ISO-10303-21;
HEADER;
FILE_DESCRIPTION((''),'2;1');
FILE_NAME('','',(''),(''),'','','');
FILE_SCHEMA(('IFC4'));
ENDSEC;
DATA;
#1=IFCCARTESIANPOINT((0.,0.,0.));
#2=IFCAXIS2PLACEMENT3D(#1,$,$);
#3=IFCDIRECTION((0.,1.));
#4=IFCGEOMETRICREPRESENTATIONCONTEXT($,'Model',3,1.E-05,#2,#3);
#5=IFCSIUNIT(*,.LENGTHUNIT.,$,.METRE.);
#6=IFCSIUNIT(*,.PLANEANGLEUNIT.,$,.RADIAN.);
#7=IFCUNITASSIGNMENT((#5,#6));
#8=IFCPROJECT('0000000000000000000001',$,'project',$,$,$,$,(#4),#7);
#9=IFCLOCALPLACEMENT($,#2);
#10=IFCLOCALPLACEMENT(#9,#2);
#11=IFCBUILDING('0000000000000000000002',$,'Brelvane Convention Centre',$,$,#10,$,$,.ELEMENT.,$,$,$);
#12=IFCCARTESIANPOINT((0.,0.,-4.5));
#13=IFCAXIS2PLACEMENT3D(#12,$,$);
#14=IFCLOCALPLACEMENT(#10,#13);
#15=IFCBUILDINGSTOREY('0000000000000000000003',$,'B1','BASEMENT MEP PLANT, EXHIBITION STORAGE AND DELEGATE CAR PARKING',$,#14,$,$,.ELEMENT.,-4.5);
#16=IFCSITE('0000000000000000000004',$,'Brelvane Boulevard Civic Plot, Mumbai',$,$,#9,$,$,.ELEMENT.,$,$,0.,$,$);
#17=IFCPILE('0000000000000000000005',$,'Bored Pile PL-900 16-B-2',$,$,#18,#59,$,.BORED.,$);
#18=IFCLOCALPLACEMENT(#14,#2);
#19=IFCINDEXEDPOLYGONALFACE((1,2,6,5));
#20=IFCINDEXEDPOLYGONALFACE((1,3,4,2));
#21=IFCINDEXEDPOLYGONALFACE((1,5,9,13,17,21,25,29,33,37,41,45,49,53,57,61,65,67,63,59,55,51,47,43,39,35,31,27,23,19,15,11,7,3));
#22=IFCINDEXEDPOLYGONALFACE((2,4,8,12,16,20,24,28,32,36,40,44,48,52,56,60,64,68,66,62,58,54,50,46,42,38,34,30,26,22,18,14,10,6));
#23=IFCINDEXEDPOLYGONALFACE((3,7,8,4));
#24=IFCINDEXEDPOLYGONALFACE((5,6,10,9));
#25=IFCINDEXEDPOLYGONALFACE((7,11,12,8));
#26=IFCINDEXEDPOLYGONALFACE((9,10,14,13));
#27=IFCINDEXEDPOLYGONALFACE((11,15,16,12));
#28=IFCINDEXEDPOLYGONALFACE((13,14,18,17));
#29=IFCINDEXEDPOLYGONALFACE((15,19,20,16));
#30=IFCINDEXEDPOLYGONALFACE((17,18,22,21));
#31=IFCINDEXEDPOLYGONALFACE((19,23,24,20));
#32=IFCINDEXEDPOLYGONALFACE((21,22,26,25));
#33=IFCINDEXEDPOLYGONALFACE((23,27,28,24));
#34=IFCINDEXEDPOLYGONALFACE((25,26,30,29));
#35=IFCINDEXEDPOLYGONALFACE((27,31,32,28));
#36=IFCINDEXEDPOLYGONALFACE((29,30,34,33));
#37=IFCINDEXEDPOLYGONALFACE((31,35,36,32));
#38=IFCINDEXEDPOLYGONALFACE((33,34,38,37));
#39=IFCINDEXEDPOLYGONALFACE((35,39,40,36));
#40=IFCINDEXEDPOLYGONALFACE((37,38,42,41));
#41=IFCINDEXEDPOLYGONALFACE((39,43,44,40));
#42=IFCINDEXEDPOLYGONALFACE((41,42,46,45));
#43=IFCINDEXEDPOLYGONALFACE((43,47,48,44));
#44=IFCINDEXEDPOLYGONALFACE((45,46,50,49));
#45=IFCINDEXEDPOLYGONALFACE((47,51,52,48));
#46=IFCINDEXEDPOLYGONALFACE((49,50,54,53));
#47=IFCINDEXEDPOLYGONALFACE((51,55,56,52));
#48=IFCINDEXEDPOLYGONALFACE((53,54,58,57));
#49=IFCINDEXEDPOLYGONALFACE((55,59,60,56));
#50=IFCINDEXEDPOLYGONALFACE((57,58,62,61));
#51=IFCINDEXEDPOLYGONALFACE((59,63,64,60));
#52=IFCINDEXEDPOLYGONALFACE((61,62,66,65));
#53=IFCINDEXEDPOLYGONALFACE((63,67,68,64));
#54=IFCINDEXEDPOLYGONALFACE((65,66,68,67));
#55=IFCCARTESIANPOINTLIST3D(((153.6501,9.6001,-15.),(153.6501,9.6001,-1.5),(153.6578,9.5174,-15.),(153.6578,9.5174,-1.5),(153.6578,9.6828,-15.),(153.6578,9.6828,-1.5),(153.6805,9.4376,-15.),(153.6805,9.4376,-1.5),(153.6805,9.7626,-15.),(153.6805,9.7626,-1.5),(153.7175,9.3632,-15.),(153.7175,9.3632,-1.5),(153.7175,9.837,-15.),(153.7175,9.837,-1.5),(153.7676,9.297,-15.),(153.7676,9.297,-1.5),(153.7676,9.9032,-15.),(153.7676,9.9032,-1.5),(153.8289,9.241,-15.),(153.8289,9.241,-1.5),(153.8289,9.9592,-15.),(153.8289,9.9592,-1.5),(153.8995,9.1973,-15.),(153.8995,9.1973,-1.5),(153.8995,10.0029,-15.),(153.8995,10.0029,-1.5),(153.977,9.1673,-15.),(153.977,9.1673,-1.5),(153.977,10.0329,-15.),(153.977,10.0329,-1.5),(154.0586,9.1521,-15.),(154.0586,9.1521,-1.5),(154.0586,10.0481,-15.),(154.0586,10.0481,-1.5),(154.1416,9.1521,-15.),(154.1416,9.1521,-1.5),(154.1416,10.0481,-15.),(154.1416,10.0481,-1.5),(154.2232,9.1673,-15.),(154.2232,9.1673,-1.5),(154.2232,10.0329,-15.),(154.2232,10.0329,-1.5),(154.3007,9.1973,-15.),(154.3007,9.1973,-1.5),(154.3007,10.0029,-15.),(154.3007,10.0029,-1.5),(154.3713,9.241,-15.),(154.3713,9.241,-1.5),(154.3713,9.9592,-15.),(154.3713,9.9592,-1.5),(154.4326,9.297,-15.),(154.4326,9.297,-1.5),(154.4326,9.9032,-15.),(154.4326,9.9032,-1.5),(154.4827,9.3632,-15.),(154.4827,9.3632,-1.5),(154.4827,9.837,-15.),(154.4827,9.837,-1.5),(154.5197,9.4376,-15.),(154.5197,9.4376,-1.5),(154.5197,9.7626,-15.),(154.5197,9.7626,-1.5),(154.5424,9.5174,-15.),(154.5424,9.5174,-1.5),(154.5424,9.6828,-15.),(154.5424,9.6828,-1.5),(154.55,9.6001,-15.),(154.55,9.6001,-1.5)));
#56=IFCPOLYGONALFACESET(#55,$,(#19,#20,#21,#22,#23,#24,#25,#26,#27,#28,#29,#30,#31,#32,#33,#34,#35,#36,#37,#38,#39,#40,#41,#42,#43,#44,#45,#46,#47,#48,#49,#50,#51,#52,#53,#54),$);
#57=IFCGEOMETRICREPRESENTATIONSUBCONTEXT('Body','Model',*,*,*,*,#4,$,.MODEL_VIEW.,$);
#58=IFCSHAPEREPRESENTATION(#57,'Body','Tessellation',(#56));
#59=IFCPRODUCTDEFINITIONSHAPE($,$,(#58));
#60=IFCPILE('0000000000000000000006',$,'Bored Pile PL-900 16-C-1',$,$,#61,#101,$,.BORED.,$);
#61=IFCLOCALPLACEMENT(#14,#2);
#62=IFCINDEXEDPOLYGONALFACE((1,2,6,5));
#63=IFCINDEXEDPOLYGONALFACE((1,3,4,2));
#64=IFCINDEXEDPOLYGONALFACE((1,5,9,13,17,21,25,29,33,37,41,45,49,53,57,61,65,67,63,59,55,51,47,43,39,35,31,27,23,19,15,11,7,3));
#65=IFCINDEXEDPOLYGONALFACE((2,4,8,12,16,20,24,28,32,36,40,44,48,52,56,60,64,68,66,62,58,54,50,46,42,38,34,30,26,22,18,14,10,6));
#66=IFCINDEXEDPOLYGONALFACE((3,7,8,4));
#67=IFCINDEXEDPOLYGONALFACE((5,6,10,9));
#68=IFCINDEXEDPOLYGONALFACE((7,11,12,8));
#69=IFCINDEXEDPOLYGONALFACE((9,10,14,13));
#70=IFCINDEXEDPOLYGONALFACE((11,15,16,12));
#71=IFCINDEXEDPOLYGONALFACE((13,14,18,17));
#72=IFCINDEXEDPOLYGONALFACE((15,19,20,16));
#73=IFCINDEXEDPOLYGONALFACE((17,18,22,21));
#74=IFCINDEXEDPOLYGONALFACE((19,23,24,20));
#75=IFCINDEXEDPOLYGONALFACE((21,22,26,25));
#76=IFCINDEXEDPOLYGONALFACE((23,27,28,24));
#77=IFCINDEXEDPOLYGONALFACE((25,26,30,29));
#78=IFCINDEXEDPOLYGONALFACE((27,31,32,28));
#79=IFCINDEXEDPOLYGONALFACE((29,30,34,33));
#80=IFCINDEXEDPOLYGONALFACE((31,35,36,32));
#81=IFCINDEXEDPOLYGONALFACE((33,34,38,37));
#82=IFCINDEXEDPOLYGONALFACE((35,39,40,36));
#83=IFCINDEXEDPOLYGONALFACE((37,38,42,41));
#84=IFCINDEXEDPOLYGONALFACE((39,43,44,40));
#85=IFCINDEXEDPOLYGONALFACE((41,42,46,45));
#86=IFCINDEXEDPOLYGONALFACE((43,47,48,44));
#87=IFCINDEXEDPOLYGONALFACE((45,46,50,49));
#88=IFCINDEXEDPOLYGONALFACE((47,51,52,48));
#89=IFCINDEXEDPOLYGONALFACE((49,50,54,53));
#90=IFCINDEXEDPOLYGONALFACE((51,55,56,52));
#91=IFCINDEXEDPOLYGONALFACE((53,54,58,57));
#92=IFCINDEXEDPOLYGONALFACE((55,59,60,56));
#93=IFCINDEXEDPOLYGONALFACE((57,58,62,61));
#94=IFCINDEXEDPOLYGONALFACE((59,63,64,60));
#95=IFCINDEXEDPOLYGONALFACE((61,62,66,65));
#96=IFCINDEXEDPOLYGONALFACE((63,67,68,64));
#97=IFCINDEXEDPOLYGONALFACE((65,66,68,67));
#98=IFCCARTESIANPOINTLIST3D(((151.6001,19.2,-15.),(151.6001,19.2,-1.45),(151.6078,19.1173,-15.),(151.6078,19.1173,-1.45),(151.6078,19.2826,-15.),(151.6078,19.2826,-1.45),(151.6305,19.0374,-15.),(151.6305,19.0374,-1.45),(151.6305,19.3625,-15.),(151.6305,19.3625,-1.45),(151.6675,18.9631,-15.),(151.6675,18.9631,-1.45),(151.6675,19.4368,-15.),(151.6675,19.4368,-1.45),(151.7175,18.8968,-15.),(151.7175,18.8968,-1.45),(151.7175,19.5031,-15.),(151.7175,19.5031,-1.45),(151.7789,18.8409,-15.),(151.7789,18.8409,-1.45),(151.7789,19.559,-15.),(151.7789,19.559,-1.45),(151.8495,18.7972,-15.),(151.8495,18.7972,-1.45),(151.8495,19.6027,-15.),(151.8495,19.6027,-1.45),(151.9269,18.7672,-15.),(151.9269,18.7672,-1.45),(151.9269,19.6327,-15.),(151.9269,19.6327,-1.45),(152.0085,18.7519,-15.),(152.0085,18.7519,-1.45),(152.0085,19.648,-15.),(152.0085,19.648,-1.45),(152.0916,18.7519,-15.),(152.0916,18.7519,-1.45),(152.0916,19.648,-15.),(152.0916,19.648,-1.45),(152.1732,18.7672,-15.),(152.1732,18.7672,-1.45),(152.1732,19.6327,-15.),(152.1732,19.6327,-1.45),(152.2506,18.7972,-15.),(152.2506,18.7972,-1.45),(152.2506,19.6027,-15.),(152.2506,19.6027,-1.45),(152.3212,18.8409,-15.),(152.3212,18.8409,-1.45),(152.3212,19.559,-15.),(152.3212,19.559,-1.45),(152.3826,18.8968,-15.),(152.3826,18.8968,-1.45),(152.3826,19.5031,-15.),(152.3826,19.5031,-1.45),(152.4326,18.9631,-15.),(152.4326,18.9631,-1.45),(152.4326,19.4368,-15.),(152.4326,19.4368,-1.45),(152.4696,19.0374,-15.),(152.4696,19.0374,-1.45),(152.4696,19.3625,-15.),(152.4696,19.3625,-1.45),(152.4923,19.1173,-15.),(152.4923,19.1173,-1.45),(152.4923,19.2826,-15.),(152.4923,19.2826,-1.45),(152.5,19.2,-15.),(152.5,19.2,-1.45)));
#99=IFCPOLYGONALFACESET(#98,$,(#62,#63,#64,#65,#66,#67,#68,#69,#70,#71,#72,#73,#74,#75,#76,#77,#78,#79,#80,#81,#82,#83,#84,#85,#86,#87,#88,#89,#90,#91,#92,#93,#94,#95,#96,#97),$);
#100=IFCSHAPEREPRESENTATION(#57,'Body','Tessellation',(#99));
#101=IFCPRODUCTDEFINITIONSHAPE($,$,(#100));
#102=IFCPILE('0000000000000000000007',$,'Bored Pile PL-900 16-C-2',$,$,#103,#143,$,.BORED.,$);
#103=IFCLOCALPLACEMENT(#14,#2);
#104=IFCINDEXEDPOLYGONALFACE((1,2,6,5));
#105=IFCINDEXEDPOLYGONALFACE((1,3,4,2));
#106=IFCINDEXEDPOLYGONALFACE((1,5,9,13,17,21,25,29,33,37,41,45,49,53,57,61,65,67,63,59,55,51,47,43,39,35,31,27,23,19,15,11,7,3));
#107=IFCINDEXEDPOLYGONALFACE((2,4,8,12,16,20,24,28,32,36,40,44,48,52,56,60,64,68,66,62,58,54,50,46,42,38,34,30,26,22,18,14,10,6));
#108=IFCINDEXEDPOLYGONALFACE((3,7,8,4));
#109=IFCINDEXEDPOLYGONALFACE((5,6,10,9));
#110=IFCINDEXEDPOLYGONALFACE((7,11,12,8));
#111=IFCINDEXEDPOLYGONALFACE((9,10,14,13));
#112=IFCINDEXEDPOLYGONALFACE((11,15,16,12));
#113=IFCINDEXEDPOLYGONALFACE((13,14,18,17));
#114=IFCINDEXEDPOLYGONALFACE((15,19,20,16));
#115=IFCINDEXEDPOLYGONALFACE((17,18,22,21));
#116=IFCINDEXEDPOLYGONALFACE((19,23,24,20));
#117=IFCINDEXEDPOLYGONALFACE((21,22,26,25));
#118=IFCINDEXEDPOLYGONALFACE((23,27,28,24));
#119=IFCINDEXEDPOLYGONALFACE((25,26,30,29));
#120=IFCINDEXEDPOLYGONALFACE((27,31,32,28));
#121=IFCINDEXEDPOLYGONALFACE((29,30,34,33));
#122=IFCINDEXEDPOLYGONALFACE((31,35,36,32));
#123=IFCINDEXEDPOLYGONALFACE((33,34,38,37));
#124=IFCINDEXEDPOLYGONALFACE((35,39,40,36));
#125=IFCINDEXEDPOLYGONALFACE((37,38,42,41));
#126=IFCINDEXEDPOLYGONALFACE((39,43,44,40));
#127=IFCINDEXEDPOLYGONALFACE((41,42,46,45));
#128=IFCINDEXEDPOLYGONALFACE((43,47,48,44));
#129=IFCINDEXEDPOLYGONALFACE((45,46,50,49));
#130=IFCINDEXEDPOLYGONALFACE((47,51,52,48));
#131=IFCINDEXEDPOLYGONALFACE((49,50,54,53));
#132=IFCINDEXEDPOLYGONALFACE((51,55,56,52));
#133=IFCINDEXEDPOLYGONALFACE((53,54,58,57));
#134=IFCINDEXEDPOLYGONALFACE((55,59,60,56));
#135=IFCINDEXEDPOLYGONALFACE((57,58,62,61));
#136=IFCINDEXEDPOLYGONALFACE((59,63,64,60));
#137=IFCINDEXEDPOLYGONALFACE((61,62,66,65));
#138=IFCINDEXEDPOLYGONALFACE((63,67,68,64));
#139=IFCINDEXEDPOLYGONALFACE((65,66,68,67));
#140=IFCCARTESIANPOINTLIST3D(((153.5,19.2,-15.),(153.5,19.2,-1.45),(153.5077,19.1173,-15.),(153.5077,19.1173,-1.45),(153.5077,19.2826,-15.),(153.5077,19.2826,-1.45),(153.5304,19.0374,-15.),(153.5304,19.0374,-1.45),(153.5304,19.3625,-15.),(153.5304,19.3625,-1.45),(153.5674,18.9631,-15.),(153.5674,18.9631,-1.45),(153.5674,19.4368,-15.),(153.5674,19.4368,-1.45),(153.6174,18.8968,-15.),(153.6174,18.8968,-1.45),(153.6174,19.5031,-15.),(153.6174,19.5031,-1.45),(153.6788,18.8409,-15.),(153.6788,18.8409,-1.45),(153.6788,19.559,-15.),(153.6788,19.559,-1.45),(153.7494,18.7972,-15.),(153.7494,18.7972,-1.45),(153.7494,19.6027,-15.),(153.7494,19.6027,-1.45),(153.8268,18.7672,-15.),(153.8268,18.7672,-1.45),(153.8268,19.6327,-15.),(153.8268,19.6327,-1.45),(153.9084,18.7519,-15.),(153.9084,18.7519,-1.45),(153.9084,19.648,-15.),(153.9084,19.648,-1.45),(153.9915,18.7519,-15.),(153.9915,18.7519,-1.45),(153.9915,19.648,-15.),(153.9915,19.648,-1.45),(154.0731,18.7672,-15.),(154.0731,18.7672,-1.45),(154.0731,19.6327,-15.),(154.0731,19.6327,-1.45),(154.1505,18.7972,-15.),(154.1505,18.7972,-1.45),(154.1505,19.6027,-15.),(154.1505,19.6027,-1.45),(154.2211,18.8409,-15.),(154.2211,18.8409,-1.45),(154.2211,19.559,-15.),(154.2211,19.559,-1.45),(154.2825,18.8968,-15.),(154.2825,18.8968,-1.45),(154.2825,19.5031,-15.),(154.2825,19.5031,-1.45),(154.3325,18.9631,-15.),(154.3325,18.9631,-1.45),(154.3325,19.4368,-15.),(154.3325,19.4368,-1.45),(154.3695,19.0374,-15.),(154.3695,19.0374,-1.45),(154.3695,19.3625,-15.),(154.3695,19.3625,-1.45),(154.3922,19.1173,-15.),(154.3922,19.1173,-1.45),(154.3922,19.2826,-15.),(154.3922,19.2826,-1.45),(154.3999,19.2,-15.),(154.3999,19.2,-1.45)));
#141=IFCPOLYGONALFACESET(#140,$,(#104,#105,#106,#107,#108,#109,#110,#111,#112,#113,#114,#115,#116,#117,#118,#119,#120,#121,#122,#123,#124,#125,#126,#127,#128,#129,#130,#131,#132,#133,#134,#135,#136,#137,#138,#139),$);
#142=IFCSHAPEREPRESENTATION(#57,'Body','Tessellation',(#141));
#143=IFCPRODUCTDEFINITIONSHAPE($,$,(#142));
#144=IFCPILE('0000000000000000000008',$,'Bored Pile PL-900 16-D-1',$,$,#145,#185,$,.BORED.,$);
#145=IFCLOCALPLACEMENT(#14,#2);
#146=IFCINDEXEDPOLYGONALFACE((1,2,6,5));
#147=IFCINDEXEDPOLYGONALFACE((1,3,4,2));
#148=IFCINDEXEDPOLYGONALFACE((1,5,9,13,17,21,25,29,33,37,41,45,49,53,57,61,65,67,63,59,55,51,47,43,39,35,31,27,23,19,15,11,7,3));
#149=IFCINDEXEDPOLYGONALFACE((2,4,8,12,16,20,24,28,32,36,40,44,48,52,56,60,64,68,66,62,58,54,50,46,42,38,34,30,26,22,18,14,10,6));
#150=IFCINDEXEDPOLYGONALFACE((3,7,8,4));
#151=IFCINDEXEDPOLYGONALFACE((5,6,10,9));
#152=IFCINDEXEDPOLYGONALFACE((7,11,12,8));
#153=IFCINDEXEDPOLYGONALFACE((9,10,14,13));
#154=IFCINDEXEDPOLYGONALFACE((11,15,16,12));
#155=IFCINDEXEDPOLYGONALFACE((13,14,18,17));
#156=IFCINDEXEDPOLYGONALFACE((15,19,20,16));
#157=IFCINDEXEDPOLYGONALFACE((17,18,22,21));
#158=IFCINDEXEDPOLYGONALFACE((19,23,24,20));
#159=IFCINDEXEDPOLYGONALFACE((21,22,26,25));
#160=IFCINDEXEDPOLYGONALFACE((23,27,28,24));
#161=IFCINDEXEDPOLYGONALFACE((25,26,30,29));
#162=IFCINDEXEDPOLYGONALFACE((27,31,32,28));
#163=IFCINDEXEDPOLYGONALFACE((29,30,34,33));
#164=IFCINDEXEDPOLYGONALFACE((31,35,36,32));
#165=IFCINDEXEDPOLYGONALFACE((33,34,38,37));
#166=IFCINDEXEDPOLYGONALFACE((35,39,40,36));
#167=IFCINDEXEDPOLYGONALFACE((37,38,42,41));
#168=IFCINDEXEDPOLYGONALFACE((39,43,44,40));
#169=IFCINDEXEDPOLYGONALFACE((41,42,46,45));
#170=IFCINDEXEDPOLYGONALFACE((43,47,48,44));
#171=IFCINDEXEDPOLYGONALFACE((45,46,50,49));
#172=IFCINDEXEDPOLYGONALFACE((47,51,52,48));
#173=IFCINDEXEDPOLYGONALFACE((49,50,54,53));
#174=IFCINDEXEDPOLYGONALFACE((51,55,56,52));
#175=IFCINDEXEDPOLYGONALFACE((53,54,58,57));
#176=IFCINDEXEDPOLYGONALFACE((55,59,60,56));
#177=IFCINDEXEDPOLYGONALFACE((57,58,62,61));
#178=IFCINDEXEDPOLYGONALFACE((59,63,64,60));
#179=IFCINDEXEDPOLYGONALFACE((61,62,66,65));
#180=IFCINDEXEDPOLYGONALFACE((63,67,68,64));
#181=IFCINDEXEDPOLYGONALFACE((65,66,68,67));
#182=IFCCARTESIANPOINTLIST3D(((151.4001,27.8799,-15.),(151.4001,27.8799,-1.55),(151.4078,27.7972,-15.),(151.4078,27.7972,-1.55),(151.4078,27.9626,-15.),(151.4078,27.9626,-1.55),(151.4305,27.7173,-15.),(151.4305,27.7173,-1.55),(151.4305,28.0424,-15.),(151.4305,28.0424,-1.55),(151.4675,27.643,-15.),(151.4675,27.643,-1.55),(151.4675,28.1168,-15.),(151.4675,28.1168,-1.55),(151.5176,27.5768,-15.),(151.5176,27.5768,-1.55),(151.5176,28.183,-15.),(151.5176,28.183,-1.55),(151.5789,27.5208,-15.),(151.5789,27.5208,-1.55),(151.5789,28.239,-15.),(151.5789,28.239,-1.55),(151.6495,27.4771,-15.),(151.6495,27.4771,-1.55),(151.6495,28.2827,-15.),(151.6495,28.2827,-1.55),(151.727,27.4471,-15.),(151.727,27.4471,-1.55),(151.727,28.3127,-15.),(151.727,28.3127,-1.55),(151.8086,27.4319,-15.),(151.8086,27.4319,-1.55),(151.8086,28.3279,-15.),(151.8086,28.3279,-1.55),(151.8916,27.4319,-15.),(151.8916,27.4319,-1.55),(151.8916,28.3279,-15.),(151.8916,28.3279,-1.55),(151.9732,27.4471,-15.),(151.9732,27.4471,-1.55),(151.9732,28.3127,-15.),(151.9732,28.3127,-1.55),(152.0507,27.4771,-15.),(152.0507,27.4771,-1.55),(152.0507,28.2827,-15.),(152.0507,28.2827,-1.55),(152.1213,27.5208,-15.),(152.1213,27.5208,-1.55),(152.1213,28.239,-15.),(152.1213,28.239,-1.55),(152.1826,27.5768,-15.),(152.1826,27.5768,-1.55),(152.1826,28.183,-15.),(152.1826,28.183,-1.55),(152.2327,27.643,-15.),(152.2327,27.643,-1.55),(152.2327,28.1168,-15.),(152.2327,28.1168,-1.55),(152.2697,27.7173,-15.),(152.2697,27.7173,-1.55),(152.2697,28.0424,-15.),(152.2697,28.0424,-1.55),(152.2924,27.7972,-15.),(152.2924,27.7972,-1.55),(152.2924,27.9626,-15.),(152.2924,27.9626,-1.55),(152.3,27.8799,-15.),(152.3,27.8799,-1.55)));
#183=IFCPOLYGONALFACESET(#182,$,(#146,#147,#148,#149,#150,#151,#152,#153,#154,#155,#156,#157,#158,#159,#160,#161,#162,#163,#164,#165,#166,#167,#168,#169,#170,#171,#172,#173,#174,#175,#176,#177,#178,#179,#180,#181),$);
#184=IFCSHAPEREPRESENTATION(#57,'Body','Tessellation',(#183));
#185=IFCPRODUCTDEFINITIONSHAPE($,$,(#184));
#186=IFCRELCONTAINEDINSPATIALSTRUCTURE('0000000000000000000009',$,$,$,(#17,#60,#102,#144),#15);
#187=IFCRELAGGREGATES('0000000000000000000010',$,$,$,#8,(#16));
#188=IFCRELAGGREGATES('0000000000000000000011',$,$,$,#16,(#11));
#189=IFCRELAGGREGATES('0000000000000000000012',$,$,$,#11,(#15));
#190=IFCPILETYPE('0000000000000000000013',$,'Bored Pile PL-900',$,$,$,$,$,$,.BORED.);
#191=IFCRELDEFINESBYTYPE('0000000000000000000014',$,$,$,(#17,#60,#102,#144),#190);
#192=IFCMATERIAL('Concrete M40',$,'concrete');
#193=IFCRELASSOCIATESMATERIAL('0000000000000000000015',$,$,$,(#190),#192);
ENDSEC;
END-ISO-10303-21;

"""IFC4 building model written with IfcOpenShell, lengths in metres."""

from ifc_helpers import new_model, si_unit, direction, frame, origin, origin_2d, place, context, subcontext, project, spatial, circle, extrude, material, material_profile, profile_set, type_object, element, save


model = new_model("IFC4")

# Units and contexts
model_context = context("Model", 3, precision=1e-05, world=origin(), true_north=direction((0.0, 1.0)))
body_context = subcontext(model_context, "Body", "Model", "MODEL_VIEW")
ifc_project = project(units=[si_unit("LENGTHUNIT", "METRE"), si_unit("PLANEANGLEUNIT", "RADIAN")], contexts=[model_context])

# Site, building, storey
site_placement = place(None, origin())
site = spatial("IfcSite", under=ifc_project, at=site_placement, Name="Brelvane Boulevard Civic Plot, Mumbai", CompositionType="ELEMENT", RefElevation=0.0)
building_placement = place(site_placement, origin())
building = spatial("IfcBuilding", under=site, at=building_placement, Name="Brelvane Convention Centre", CompositionType="ELEMENT")
storey_placement = place(building_placement, frame((0.0, 0.0, -4.5)))
storey = spatial("IfcBuildingStorey", under=building, at=storey_placement, Name="B1", Description="BASEMENT MEP PLANT, EXHIBITION STORAGE AND DELEGATE CAR PARKING", CompositionType="ELEMENT", Elevation=-4.5)

# Piles
ifc_material_1 = material(Name="Concrete M40", Category="concrete")
ifc_material_profile_1 = material_profile(ifc_material_1, circle(Radius=0.45, at=origin_2d()), Name="PILE D900")
ifc_profile_set_1 = profile_set([ifc_material_profile_1], Name="Concrete M40")
pile_type_1 = type_object("IfcPileType", Name="Bored Pile PL-900", PredefinedType="BORED", material=ifc_profile_set_1)
for number, where, z_axis, x_axis, name in (
    (1, (154.1001, 9.6001, -1.5), (0.0, 0.0, -1.0), (1.0, 0.0, 0.0), "Bored Pile PL-900 16-B-2"),
):
    element("IfcPile", number, at=place(storey_placement, frame(where, z_axis=z_axis, x_axis=x_axis)), inside=storey, type_object=pile_type_1, Name=name, PredefinedType="BORED", context=body_context, shape_type="SweptSolid", body=[
        extrude(circle(Radius=0.45, at=origin_2d()), origin(), (0.0, 0.0, 1.0), 13.5),
    ])
for number, where, z_axis, x_axis, name in (
    (2, (152.05, 19.2, -1.45), (0.0, 0.0, -1.0), (1.0, 0.0, 0.0), "Bored Pile PL-900 16-C-1"),
    (3, (153.95, 19.2, -1.45), (0.0, 0.0, -1.0), (1.0, 0.0, 0.0), "Bored Pile PL-900 16-C-2"),
):
    element("IfcPile", number, at=place(storey_placement, frame(where, z_axis=z_axis, x_axis=x_axis)), inside=storey, type_object=pile_type_1, Name=name, PredefinedType="BORED", context=body_context, shape_type="SweptSolid", body=[
        extrude(circle(Radius=0.45, at=origin_2d()), origin(), (0.0, 0.0, 1.0), 13.55),
    ])
for number, where, z_axis, x_axis, name in (
    (4, (151.8501, 27.8799, -1.55), (0.0, 0.0, -1.0), (1.0, 0.0, 0.0), "Bored Pile PL-900 16-D-1"),
):
    element("IfcPile", number, at=place(storey_placement, frame(where, z_axis=z_axis, x_axis=x_axis)), inside=storey, type_object=pile_type_1, Name=name, PredefinedType="BORED", context=body_context, shape_type="SweptSolid", body=[
        extrude(circle(Radius=0.45, at=origin_2d()), origin(), (0.0, 0.0, 1.0), 13.45),
    ])

save(model, "model.ifc")
